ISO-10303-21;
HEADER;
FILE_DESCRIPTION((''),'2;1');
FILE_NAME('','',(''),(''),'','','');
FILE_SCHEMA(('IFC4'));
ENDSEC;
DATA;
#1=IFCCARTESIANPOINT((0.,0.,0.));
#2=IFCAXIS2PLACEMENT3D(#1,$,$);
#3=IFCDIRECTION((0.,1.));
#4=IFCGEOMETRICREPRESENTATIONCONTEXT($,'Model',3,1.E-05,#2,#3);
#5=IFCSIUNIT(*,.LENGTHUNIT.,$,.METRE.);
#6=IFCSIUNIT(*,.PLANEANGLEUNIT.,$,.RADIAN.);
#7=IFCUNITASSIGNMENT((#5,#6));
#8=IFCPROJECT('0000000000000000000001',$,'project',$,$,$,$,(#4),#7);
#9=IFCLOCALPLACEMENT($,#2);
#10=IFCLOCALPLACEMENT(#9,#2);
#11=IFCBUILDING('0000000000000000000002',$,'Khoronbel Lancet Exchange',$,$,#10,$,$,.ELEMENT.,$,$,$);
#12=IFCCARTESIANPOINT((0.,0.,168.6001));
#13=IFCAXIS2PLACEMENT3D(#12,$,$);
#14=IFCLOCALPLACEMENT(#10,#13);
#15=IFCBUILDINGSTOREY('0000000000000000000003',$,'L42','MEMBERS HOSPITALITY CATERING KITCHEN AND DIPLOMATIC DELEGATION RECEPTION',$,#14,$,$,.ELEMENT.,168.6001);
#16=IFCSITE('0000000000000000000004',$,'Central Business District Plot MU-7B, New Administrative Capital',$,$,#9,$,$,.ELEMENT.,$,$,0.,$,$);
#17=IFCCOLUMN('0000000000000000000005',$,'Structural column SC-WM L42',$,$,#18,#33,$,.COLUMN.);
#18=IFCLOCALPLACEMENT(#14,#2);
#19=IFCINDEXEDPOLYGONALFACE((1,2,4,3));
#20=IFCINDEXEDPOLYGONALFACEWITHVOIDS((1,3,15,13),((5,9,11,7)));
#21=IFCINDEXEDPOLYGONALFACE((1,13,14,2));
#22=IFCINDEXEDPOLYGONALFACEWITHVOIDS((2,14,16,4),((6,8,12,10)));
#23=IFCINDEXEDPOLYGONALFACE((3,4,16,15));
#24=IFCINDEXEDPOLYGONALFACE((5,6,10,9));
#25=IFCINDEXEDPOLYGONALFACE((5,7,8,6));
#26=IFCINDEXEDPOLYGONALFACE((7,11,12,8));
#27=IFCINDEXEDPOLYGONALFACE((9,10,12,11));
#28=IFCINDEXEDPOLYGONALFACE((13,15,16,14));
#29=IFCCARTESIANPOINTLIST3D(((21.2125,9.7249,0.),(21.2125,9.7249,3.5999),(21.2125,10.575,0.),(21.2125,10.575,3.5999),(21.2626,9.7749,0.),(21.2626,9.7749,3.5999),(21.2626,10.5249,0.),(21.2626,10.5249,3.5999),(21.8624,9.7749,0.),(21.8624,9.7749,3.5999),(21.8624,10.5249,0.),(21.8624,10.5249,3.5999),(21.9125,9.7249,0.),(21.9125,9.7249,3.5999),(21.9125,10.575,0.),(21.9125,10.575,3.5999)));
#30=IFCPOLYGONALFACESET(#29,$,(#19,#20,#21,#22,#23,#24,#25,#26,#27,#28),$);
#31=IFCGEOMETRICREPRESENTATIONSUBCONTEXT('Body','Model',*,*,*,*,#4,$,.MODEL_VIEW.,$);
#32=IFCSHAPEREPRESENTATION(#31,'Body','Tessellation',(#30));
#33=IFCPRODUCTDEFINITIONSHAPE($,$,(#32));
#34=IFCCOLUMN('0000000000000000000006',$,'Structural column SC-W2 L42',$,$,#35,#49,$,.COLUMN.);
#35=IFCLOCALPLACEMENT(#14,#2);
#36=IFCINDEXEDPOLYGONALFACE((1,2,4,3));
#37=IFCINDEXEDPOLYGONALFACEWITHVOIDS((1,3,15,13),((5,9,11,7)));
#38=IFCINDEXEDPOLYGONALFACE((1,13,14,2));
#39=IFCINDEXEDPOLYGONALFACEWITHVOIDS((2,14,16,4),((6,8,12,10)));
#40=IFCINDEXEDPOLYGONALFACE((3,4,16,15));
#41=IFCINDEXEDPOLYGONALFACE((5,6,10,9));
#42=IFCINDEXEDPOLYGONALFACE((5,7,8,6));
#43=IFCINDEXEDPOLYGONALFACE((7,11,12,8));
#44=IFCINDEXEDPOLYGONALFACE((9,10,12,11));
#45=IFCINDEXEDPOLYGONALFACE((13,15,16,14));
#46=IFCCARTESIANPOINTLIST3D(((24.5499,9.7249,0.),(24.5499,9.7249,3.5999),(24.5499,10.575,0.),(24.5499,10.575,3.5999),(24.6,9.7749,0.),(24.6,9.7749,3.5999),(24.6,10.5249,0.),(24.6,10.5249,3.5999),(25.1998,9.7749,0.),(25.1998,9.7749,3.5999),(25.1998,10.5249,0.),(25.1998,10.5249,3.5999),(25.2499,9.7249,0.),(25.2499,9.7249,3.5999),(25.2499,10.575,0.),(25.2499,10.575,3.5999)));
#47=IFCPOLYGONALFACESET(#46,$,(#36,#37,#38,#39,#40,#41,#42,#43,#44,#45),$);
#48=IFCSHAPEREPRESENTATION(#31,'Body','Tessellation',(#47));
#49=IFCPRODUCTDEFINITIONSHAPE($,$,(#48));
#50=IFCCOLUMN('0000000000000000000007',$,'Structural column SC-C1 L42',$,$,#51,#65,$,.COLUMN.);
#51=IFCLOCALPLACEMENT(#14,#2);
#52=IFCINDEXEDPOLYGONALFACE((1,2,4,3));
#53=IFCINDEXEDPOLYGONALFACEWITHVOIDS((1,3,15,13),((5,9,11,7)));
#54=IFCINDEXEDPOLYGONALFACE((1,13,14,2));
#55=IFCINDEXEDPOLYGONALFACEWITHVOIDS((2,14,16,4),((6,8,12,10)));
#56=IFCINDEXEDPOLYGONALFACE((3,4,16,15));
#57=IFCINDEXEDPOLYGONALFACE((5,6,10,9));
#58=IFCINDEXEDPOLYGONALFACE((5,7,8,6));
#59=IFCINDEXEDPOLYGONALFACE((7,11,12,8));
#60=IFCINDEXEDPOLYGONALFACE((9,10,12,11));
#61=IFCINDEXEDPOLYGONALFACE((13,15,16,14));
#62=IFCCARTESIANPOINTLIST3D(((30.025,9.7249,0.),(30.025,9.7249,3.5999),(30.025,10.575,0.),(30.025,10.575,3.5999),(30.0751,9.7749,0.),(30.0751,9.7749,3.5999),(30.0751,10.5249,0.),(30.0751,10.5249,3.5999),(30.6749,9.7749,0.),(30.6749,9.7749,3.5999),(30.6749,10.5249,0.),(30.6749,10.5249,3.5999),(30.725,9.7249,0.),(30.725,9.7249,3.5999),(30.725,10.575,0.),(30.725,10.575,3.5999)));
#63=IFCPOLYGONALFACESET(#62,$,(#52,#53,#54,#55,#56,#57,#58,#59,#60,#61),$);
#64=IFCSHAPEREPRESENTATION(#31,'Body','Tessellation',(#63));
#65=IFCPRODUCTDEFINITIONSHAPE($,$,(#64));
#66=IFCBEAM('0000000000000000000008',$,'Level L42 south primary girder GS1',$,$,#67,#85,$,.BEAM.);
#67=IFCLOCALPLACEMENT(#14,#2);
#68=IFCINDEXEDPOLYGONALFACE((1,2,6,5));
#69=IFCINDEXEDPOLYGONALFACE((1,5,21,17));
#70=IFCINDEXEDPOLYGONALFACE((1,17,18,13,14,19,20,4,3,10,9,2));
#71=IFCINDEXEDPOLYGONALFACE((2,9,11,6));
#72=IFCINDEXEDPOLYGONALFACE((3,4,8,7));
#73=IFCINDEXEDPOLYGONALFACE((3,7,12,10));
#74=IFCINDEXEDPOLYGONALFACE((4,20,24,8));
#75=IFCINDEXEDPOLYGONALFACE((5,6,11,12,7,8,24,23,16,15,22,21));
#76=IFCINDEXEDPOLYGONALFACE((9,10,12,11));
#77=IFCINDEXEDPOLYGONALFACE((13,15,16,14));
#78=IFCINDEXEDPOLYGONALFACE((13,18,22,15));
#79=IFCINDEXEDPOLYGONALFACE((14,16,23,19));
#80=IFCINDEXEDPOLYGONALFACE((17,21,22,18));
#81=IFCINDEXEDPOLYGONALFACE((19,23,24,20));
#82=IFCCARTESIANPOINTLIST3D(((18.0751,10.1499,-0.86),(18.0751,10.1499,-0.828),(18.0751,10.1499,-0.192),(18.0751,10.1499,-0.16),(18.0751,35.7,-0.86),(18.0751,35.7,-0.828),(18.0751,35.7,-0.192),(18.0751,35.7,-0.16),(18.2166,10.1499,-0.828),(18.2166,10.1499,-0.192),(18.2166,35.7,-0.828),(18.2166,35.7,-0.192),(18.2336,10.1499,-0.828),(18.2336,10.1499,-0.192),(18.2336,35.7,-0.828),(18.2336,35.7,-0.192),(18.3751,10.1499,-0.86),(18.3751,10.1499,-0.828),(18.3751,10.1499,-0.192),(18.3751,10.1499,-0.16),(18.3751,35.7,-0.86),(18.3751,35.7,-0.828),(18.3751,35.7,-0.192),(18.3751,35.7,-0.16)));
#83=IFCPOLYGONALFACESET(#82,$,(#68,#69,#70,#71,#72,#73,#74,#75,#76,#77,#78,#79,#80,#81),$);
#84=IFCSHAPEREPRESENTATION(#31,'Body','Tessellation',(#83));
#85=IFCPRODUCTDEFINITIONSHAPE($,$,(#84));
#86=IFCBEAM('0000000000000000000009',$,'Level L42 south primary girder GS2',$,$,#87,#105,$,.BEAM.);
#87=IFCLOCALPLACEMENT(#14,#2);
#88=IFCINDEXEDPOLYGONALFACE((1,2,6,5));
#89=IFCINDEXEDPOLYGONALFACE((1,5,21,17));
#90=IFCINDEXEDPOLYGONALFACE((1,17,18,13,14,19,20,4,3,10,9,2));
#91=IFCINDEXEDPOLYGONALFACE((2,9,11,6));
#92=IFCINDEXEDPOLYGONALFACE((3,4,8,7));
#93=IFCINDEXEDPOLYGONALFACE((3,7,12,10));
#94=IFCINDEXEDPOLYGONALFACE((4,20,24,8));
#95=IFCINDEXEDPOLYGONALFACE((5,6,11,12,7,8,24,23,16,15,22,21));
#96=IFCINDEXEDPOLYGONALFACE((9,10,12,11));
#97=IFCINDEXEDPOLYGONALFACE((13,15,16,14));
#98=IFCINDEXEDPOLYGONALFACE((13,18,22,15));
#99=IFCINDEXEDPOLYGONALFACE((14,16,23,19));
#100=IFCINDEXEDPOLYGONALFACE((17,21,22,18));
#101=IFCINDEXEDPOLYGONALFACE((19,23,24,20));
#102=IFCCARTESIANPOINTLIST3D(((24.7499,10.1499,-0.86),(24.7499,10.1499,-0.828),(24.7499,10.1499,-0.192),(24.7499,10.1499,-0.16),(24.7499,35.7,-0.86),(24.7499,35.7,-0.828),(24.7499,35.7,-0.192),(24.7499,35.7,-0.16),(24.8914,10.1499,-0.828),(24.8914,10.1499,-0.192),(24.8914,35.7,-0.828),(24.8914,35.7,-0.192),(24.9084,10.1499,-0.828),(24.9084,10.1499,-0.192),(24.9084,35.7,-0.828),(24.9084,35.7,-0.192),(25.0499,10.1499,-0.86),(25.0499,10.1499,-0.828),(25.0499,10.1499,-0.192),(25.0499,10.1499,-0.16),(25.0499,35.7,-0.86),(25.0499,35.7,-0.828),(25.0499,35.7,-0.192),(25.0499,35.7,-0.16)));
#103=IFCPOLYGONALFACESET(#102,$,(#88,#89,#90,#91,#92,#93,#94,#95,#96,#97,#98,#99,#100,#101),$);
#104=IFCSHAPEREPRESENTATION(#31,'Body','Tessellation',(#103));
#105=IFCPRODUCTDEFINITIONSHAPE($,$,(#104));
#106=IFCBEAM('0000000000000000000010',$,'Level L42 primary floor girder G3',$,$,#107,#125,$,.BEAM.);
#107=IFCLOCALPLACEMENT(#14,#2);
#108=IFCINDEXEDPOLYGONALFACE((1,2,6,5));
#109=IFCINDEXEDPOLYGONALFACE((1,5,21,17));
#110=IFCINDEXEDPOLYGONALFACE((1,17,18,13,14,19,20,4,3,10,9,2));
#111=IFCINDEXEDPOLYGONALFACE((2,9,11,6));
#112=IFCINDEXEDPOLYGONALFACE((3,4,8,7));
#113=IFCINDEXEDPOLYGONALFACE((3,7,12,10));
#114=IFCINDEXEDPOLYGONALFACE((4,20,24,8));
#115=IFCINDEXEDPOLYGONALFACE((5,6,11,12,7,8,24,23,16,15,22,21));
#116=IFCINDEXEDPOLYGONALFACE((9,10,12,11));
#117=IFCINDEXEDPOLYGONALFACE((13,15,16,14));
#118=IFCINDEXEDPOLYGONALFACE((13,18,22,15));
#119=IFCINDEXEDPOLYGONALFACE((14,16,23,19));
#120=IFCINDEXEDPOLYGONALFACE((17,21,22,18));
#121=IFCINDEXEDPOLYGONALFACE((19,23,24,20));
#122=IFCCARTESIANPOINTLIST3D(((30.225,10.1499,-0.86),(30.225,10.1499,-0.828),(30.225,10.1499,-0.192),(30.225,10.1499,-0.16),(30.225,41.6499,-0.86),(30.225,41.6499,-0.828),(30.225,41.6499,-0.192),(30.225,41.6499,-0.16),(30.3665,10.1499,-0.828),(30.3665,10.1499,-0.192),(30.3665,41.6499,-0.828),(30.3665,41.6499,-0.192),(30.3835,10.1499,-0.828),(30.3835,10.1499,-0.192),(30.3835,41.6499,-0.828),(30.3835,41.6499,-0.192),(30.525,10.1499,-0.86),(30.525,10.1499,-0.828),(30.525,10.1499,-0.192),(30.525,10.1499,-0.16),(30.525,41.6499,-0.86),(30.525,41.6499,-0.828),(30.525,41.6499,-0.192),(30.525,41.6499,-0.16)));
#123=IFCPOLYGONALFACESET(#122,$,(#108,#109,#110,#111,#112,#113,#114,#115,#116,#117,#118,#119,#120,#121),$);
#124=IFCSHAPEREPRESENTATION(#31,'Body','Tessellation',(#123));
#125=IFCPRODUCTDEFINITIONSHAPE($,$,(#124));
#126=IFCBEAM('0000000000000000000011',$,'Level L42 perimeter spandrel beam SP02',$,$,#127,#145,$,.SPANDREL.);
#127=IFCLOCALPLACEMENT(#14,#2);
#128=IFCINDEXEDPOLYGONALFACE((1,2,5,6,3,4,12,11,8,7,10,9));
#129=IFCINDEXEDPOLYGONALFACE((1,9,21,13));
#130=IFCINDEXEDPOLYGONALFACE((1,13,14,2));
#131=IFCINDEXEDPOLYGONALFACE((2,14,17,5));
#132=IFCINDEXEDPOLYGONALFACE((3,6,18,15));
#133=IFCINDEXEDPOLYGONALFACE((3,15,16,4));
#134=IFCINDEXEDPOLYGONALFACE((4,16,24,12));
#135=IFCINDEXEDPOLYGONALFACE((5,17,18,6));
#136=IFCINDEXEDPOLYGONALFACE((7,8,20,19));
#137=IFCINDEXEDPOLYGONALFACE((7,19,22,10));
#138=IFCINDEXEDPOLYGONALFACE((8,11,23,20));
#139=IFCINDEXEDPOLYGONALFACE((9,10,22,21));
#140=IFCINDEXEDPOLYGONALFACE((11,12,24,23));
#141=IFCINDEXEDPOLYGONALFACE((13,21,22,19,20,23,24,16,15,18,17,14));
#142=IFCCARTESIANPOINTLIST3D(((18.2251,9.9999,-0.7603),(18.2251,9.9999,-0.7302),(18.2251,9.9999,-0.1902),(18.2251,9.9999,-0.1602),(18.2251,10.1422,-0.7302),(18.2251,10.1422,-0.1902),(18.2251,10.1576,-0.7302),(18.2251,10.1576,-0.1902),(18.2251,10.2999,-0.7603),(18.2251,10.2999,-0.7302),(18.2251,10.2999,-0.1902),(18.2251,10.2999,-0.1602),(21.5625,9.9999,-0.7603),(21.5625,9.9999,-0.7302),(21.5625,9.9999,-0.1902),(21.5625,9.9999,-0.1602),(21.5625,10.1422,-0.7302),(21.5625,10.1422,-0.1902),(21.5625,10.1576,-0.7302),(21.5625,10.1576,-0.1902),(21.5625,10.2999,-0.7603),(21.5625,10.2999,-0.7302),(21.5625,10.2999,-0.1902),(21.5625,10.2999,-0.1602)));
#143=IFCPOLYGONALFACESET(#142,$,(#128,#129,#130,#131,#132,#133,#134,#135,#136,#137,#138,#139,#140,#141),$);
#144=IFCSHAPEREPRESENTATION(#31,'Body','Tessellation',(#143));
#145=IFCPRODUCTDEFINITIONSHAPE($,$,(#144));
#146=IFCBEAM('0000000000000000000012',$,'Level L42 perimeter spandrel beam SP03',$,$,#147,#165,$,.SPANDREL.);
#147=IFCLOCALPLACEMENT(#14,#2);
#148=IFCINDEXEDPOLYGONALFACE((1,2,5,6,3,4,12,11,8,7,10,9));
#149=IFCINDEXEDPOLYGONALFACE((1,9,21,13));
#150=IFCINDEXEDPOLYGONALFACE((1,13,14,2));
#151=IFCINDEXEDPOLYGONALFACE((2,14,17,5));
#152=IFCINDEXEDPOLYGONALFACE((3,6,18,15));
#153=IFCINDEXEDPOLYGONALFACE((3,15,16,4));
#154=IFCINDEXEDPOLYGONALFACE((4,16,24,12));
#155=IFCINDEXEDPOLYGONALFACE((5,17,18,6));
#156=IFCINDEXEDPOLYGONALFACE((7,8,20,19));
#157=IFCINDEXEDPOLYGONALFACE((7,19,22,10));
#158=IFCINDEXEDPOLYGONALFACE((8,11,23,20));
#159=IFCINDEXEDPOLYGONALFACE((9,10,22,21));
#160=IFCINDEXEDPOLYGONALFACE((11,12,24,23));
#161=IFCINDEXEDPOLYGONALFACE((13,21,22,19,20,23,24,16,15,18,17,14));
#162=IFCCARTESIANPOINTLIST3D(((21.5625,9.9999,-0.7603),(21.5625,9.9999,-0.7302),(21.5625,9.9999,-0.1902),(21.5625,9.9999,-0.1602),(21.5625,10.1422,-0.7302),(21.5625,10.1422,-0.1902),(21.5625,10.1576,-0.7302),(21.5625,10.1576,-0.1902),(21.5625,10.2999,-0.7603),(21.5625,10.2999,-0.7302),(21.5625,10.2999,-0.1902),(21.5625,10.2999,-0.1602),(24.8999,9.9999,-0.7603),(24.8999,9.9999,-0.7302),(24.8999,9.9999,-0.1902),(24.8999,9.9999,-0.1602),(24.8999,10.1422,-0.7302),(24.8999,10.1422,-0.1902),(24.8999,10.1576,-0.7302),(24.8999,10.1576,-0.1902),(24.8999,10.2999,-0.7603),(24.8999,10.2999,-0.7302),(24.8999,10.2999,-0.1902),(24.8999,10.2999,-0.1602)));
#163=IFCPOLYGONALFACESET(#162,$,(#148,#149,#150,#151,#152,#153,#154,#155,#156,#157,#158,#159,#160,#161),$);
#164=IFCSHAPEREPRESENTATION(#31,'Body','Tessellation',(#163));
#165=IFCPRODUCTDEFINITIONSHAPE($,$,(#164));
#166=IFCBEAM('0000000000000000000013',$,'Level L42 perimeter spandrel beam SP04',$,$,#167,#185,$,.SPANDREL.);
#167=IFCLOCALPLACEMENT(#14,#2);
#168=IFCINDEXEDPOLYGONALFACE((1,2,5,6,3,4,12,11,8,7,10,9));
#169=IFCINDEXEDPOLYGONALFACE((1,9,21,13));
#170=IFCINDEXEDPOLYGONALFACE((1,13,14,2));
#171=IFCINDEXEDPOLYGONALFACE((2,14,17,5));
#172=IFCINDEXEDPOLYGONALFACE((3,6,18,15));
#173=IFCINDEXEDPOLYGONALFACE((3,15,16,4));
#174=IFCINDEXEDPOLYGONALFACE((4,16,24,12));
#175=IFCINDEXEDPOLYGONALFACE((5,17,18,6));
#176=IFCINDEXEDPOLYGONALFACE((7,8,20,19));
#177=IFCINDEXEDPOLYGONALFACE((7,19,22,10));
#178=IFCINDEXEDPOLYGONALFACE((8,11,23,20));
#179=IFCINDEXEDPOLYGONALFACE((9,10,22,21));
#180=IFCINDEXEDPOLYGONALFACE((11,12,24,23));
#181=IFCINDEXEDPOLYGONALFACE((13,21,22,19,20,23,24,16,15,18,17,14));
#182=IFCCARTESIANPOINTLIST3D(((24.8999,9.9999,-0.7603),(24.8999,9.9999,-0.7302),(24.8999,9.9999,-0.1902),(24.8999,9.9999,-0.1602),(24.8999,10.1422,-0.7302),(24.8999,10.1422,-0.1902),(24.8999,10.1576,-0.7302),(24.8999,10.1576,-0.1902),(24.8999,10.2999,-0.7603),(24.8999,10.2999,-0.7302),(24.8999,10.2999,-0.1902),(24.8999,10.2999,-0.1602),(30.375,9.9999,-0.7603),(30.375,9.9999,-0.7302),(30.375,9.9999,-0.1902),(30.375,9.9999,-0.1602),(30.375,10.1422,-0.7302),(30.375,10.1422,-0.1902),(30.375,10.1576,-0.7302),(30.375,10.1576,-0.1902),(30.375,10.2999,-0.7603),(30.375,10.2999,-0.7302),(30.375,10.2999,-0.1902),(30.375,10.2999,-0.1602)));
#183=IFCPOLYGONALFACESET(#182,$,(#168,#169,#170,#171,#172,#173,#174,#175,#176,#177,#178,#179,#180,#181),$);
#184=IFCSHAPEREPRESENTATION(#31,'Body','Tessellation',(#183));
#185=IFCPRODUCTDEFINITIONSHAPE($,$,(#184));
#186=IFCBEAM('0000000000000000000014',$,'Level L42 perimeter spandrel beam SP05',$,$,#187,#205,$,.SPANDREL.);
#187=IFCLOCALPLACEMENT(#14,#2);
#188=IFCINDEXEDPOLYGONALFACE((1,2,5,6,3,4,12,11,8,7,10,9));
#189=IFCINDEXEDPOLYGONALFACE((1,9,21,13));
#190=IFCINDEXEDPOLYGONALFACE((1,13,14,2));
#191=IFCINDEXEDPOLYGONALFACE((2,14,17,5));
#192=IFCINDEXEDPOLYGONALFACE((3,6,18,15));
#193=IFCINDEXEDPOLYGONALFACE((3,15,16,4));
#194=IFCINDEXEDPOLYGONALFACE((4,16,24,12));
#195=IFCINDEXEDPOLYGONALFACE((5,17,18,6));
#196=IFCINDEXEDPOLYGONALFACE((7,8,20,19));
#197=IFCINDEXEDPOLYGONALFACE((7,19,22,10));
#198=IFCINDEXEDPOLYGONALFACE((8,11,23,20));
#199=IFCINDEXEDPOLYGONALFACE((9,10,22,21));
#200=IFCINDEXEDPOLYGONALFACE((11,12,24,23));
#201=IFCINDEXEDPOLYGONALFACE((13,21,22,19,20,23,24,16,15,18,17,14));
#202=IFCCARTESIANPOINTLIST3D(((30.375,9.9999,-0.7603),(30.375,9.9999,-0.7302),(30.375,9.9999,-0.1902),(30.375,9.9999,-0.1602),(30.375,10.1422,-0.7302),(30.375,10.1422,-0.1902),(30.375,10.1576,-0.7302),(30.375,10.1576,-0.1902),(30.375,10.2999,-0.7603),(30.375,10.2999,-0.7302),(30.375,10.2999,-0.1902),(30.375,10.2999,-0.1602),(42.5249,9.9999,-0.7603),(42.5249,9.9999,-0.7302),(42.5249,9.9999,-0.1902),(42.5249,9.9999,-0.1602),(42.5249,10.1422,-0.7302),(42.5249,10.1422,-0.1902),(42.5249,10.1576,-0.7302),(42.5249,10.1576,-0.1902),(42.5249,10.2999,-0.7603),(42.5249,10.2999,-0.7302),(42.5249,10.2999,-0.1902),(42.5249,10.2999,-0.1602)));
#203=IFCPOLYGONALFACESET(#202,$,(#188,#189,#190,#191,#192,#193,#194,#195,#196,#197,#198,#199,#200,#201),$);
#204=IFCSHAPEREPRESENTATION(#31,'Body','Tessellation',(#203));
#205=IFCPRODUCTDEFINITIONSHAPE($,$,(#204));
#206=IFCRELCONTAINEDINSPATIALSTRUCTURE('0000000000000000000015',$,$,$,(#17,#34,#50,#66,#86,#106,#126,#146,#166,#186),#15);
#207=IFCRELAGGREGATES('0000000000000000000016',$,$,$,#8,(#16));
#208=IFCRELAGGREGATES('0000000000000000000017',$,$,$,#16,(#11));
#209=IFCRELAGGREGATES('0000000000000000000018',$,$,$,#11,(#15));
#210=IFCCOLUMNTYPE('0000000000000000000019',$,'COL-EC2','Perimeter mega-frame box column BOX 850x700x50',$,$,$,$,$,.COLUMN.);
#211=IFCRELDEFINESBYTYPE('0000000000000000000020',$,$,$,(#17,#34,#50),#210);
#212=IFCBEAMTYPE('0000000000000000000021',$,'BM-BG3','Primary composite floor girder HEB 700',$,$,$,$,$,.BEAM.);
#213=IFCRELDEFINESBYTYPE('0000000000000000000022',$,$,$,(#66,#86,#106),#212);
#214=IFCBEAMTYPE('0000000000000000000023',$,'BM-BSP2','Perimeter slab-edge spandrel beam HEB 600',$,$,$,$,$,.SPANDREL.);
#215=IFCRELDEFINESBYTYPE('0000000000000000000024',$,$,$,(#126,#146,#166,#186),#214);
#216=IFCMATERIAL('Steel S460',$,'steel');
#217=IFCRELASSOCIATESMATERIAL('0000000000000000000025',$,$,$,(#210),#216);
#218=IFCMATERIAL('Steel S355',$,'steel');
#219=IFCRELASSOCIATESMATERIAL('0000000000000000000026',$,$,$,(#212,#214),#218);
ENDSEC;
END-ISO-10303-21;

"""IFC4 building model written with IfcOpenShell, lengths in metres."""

from ifc_helpers import new_model, si_unit, direction, frame, origin, origin_2d, place, context, subcontext, project, spatial, hollow_rectangle, i_section, extrude, material, material_profile, profile_set, type_object, element, save


model = new_model("IFC4")

# Units and contexts
model_context = context("Model", 3, precision=1e-05, world=origin(), true_north=direction((0.0, 1.0)))
body_context = subcontext(model_context, "Body", "Model", "MODEL_VIEW")
ifc_project = project(units=[si_unit("LENGTHUNIT", "METRE"), si_unit("PLANEANGLEUNIT", "RADIAN")], contexts=[model_context])

# Site, building, storey
site_placement = place(None, origin())
site = spatial("IfcSite", under=ifc_project, at=site_placement, Name="Central Business District Plot MU-7B, New Administrative Capital", CompositionType="ELEMENT", RefElevation=0.0)
building_placement = place(site_placement, origin())
building = spatial("IfcBuilding", under=site, at=building_placement, Name="Khoronbel Lancet Exchange", CompositionType="ELEMENT")
storey_placement = place(building_placement, frame((0.0, 0.0, 168.6001)))
storey = spatial("IfcBuildingStorey", under=building, at=storey_placement, Name="L42", Description="MEMBERS HOSPITALITY CATERING KITCHEN AND DIPLOMATIC DELEGATION RECEPTION", CompositionType="ELEMENT", Elevation=168.6001)

# Columns
ifc_material_1 = material(Name="Steel S460", Category="steel")
ifc_material_profile_1 = material_profile(ifc_material_1, hollow_rectangle(XDim=0.7, YDim=0.8501, WallThickness=0.05, at=origin_2d()), Name="BOX 850x700x50")
ifc_profile_set_1 = profile_set([ifc_material_profile_1], Name="Steel S460")
column_type = type_object("IfcColumnType", Name="COL-EC2", Description="Perimeter mega-frame box column BOX 850x700x50", PredefinedType="COLUMN", material=ifc_profile_set_1)
for number, where, z_axis, x_axis, name in (
    (1, (21.5625, 10.1499, 0.0), (0.0, 0.0, 1.0), (1.0, 0.0, 0.0), "Structural column SC-WM L42"),
    (2, (24.8999, 10.1499, 0.0), (0.0, 0.0, 1.0), (1.0, 0.0, 0.0), "Structural column SC-W2 L42"),
    (3, (30.375, 10.1499, 0.0), (0.0, 0.0, 1.0), (1.0, 0.0, 0.0), "Structural column SC-C1 L42"),
):
    element("IfcColumn", number, at=place(storey_placement, frame(where, z_axis=z_axis, x_axis=x_axis)), inside=storey, type_object=column_type, Name=name, PredefinedType="COLUMN", context=body_context, shape_type="SweptSolid", body=[
        extrude(hollow_rectangle(XDim=0.7, YDim=0.8501, WallThickness=0.05, at=origin_2d()), origin(), (0.0, 0.0, 1.0), 3.5999),
    ])

# Beams
ifc_material_2 = material(Name="Steel S355", Category="steel")
ifc_material_profile_2 = material_profile(ifc_material_2, i_section(OverallWidth=0.3, OverallDepth=0.7, WebThickness=0.0171, FlangeThickness=0.032, at=origin_2d()), Name="HEB 700")
ifc_profile_set_2 = profile_set([ifc_material_profile_2], Name="Steel S355")
beam_type_1 = type_object("IfcBeamType", Name="BM-BG3", Description="Primary composite floor girder HEB 700", PredefinedType="BEAM", material=ifc_profile_set_2)
for number, where, z_axis, x_axis, name in (
    (4, (18.2251, 10.1499, -0.51), (0.0, 1.0, 0.0), (-1.0, 0.0, 0.0), "Level L42 south primary girder GS1"),
    (5, (24.8999, 10.1499, -0.51), (0.0, 1.0, 0.0), (-1.0, 0.0, 0.0), "Level L42 south primary girder GS2"),
):
    element("IfcBeam", number, at=place(storey_placement, frame(where, z_axis=z_axis, x_axis=x_axis)), inside=storey, type_object=beam_type_1, Name=name, PredefinedType="BEAM", context=body_context, shape_type="SweptSolid", body=[
        extrude(i_section(OverallWidth=0.3, OverallDepth=0.7, WebThickness=0.0171, FlangeThickness=0.032, at=origin_2d()), origin(), (0.0, 0.0, 1.0), 25.55),
    ])
beam_1_placement = place(storey_placement, frame((30.375, 10.1499, -0.51), z_axis=(0.0, 1.0, 0.0), x_axis=(-1.0, 0.0, 0.0)))
element("IfcBeam", 6, at=beam_1_placement, inside=storey, type_object=beam_type_1, Name="Level L42 primary floor girder G3", PredefinedType="BEAM", context=body_context, shape_type="SweptSolid", body=[
    extrude(i_section(OverallWidth=0.3, OverallDepth=0.7, WebThickness=0.0171, FlangeThickness=0.032, at=origin_2d()), origin(), (0.0, 0.0, 1.0), 31.5),
])
ifc_material_profile_3 = material_profile(ifc_material_2, i_section(OverallWidth=0.3, OverallDepth=0.6001, WebThickness=0.0154, FlangeThickness=0.03, at=origin_2d()), Name="HEB 600")
ifc_profile_set_3 = profile_set([ifc_material_profile_3], Name="Steel S355")
beam_type_2 = type_object("IfcBeamType", Name="BM-BSP2", Description="Perimeter slab-edge spandrel beam HEB 600", PredefinedType="SPANDREL", material=ifc_profile_set_3)
for number, where, z_axis, x_axis, name in (
    (7, (18.2251, 10.1499, -0.4602), (1.0, 0.0, 0.0), (0.0, 1.0, 0.0), "Level L42 perimeter spandrel beam SP02"),
    (8, (21.5625, 10.1499, -0.4602), (1.0, 0.0, 0.0), (0.0, 1.0, 0.0), "Level L42 perimeter spandrel beam SP03"),
):
    element("IfcBeam", number, at=place(storey_placement, frame(where, z_axis=z_axis, x_axis=x_axis)), inside=storey, type_object=beam_type_2, Name=name, PredefinedType="SPANDREL", context=body_context, shape_type="SweptSolid", body=[
        extrude(i_section(OverallWidth=0.3, OverallDepth=0.6001, WebThickness=0.0154, FlangeThickness=0.03, at=origin_2d()), origin(), (0.0, 0.0, 1.0), 3.3374),
    ])
beam_2_placement = place(storey_placement, frame((24.8999, 10.1499, -0.4602), z_axis=(1.0, 0.0, 0.0), x_axis=(0.0, 1.0, 0.0)))
element("IfcBeam", 9, at=beam_2_placement, inside=storey, type_object=beam_type_2, Name="Level L42 perimeter spandrel beam SP04", PredefinedType="SPANDREL", context=body_context, shape_type="SweptSolid", body=[
    extrude(i_section(OverallWidth=0.3, OverallDepth=0.6001, WebThickness=0.0154, FlangeThickness=0.03, at=origin_2d()), origin(), (0.0, 0.0, 1.0), 5.4751),
])
beam_3_placement = place(storey_placement, frame((30.375, 10.1499, -0.4602), z_axis=(1.0, 0.0, 0.0), x_axis=(0.0, 1.0, 0.0)))
element("IfcBeam", 10, at=beam_3_placement, inside=storey, type_object=beam_type_2, Name="Level L42 perimeter spandrel beam SP05", PredefinedType="SPANDREL", context=body_context, shape_type="SweptSolid", body=[
    extrude(i_section(OverallWidth=0.3, OverallDepth=0.6001, WebThickness=0.0154, FlangeThickness=0.03, at=origin_2d()), origin(), (0.0, 0.0, 1.0), 12.1499),
])

save(model, "model.ifc")
